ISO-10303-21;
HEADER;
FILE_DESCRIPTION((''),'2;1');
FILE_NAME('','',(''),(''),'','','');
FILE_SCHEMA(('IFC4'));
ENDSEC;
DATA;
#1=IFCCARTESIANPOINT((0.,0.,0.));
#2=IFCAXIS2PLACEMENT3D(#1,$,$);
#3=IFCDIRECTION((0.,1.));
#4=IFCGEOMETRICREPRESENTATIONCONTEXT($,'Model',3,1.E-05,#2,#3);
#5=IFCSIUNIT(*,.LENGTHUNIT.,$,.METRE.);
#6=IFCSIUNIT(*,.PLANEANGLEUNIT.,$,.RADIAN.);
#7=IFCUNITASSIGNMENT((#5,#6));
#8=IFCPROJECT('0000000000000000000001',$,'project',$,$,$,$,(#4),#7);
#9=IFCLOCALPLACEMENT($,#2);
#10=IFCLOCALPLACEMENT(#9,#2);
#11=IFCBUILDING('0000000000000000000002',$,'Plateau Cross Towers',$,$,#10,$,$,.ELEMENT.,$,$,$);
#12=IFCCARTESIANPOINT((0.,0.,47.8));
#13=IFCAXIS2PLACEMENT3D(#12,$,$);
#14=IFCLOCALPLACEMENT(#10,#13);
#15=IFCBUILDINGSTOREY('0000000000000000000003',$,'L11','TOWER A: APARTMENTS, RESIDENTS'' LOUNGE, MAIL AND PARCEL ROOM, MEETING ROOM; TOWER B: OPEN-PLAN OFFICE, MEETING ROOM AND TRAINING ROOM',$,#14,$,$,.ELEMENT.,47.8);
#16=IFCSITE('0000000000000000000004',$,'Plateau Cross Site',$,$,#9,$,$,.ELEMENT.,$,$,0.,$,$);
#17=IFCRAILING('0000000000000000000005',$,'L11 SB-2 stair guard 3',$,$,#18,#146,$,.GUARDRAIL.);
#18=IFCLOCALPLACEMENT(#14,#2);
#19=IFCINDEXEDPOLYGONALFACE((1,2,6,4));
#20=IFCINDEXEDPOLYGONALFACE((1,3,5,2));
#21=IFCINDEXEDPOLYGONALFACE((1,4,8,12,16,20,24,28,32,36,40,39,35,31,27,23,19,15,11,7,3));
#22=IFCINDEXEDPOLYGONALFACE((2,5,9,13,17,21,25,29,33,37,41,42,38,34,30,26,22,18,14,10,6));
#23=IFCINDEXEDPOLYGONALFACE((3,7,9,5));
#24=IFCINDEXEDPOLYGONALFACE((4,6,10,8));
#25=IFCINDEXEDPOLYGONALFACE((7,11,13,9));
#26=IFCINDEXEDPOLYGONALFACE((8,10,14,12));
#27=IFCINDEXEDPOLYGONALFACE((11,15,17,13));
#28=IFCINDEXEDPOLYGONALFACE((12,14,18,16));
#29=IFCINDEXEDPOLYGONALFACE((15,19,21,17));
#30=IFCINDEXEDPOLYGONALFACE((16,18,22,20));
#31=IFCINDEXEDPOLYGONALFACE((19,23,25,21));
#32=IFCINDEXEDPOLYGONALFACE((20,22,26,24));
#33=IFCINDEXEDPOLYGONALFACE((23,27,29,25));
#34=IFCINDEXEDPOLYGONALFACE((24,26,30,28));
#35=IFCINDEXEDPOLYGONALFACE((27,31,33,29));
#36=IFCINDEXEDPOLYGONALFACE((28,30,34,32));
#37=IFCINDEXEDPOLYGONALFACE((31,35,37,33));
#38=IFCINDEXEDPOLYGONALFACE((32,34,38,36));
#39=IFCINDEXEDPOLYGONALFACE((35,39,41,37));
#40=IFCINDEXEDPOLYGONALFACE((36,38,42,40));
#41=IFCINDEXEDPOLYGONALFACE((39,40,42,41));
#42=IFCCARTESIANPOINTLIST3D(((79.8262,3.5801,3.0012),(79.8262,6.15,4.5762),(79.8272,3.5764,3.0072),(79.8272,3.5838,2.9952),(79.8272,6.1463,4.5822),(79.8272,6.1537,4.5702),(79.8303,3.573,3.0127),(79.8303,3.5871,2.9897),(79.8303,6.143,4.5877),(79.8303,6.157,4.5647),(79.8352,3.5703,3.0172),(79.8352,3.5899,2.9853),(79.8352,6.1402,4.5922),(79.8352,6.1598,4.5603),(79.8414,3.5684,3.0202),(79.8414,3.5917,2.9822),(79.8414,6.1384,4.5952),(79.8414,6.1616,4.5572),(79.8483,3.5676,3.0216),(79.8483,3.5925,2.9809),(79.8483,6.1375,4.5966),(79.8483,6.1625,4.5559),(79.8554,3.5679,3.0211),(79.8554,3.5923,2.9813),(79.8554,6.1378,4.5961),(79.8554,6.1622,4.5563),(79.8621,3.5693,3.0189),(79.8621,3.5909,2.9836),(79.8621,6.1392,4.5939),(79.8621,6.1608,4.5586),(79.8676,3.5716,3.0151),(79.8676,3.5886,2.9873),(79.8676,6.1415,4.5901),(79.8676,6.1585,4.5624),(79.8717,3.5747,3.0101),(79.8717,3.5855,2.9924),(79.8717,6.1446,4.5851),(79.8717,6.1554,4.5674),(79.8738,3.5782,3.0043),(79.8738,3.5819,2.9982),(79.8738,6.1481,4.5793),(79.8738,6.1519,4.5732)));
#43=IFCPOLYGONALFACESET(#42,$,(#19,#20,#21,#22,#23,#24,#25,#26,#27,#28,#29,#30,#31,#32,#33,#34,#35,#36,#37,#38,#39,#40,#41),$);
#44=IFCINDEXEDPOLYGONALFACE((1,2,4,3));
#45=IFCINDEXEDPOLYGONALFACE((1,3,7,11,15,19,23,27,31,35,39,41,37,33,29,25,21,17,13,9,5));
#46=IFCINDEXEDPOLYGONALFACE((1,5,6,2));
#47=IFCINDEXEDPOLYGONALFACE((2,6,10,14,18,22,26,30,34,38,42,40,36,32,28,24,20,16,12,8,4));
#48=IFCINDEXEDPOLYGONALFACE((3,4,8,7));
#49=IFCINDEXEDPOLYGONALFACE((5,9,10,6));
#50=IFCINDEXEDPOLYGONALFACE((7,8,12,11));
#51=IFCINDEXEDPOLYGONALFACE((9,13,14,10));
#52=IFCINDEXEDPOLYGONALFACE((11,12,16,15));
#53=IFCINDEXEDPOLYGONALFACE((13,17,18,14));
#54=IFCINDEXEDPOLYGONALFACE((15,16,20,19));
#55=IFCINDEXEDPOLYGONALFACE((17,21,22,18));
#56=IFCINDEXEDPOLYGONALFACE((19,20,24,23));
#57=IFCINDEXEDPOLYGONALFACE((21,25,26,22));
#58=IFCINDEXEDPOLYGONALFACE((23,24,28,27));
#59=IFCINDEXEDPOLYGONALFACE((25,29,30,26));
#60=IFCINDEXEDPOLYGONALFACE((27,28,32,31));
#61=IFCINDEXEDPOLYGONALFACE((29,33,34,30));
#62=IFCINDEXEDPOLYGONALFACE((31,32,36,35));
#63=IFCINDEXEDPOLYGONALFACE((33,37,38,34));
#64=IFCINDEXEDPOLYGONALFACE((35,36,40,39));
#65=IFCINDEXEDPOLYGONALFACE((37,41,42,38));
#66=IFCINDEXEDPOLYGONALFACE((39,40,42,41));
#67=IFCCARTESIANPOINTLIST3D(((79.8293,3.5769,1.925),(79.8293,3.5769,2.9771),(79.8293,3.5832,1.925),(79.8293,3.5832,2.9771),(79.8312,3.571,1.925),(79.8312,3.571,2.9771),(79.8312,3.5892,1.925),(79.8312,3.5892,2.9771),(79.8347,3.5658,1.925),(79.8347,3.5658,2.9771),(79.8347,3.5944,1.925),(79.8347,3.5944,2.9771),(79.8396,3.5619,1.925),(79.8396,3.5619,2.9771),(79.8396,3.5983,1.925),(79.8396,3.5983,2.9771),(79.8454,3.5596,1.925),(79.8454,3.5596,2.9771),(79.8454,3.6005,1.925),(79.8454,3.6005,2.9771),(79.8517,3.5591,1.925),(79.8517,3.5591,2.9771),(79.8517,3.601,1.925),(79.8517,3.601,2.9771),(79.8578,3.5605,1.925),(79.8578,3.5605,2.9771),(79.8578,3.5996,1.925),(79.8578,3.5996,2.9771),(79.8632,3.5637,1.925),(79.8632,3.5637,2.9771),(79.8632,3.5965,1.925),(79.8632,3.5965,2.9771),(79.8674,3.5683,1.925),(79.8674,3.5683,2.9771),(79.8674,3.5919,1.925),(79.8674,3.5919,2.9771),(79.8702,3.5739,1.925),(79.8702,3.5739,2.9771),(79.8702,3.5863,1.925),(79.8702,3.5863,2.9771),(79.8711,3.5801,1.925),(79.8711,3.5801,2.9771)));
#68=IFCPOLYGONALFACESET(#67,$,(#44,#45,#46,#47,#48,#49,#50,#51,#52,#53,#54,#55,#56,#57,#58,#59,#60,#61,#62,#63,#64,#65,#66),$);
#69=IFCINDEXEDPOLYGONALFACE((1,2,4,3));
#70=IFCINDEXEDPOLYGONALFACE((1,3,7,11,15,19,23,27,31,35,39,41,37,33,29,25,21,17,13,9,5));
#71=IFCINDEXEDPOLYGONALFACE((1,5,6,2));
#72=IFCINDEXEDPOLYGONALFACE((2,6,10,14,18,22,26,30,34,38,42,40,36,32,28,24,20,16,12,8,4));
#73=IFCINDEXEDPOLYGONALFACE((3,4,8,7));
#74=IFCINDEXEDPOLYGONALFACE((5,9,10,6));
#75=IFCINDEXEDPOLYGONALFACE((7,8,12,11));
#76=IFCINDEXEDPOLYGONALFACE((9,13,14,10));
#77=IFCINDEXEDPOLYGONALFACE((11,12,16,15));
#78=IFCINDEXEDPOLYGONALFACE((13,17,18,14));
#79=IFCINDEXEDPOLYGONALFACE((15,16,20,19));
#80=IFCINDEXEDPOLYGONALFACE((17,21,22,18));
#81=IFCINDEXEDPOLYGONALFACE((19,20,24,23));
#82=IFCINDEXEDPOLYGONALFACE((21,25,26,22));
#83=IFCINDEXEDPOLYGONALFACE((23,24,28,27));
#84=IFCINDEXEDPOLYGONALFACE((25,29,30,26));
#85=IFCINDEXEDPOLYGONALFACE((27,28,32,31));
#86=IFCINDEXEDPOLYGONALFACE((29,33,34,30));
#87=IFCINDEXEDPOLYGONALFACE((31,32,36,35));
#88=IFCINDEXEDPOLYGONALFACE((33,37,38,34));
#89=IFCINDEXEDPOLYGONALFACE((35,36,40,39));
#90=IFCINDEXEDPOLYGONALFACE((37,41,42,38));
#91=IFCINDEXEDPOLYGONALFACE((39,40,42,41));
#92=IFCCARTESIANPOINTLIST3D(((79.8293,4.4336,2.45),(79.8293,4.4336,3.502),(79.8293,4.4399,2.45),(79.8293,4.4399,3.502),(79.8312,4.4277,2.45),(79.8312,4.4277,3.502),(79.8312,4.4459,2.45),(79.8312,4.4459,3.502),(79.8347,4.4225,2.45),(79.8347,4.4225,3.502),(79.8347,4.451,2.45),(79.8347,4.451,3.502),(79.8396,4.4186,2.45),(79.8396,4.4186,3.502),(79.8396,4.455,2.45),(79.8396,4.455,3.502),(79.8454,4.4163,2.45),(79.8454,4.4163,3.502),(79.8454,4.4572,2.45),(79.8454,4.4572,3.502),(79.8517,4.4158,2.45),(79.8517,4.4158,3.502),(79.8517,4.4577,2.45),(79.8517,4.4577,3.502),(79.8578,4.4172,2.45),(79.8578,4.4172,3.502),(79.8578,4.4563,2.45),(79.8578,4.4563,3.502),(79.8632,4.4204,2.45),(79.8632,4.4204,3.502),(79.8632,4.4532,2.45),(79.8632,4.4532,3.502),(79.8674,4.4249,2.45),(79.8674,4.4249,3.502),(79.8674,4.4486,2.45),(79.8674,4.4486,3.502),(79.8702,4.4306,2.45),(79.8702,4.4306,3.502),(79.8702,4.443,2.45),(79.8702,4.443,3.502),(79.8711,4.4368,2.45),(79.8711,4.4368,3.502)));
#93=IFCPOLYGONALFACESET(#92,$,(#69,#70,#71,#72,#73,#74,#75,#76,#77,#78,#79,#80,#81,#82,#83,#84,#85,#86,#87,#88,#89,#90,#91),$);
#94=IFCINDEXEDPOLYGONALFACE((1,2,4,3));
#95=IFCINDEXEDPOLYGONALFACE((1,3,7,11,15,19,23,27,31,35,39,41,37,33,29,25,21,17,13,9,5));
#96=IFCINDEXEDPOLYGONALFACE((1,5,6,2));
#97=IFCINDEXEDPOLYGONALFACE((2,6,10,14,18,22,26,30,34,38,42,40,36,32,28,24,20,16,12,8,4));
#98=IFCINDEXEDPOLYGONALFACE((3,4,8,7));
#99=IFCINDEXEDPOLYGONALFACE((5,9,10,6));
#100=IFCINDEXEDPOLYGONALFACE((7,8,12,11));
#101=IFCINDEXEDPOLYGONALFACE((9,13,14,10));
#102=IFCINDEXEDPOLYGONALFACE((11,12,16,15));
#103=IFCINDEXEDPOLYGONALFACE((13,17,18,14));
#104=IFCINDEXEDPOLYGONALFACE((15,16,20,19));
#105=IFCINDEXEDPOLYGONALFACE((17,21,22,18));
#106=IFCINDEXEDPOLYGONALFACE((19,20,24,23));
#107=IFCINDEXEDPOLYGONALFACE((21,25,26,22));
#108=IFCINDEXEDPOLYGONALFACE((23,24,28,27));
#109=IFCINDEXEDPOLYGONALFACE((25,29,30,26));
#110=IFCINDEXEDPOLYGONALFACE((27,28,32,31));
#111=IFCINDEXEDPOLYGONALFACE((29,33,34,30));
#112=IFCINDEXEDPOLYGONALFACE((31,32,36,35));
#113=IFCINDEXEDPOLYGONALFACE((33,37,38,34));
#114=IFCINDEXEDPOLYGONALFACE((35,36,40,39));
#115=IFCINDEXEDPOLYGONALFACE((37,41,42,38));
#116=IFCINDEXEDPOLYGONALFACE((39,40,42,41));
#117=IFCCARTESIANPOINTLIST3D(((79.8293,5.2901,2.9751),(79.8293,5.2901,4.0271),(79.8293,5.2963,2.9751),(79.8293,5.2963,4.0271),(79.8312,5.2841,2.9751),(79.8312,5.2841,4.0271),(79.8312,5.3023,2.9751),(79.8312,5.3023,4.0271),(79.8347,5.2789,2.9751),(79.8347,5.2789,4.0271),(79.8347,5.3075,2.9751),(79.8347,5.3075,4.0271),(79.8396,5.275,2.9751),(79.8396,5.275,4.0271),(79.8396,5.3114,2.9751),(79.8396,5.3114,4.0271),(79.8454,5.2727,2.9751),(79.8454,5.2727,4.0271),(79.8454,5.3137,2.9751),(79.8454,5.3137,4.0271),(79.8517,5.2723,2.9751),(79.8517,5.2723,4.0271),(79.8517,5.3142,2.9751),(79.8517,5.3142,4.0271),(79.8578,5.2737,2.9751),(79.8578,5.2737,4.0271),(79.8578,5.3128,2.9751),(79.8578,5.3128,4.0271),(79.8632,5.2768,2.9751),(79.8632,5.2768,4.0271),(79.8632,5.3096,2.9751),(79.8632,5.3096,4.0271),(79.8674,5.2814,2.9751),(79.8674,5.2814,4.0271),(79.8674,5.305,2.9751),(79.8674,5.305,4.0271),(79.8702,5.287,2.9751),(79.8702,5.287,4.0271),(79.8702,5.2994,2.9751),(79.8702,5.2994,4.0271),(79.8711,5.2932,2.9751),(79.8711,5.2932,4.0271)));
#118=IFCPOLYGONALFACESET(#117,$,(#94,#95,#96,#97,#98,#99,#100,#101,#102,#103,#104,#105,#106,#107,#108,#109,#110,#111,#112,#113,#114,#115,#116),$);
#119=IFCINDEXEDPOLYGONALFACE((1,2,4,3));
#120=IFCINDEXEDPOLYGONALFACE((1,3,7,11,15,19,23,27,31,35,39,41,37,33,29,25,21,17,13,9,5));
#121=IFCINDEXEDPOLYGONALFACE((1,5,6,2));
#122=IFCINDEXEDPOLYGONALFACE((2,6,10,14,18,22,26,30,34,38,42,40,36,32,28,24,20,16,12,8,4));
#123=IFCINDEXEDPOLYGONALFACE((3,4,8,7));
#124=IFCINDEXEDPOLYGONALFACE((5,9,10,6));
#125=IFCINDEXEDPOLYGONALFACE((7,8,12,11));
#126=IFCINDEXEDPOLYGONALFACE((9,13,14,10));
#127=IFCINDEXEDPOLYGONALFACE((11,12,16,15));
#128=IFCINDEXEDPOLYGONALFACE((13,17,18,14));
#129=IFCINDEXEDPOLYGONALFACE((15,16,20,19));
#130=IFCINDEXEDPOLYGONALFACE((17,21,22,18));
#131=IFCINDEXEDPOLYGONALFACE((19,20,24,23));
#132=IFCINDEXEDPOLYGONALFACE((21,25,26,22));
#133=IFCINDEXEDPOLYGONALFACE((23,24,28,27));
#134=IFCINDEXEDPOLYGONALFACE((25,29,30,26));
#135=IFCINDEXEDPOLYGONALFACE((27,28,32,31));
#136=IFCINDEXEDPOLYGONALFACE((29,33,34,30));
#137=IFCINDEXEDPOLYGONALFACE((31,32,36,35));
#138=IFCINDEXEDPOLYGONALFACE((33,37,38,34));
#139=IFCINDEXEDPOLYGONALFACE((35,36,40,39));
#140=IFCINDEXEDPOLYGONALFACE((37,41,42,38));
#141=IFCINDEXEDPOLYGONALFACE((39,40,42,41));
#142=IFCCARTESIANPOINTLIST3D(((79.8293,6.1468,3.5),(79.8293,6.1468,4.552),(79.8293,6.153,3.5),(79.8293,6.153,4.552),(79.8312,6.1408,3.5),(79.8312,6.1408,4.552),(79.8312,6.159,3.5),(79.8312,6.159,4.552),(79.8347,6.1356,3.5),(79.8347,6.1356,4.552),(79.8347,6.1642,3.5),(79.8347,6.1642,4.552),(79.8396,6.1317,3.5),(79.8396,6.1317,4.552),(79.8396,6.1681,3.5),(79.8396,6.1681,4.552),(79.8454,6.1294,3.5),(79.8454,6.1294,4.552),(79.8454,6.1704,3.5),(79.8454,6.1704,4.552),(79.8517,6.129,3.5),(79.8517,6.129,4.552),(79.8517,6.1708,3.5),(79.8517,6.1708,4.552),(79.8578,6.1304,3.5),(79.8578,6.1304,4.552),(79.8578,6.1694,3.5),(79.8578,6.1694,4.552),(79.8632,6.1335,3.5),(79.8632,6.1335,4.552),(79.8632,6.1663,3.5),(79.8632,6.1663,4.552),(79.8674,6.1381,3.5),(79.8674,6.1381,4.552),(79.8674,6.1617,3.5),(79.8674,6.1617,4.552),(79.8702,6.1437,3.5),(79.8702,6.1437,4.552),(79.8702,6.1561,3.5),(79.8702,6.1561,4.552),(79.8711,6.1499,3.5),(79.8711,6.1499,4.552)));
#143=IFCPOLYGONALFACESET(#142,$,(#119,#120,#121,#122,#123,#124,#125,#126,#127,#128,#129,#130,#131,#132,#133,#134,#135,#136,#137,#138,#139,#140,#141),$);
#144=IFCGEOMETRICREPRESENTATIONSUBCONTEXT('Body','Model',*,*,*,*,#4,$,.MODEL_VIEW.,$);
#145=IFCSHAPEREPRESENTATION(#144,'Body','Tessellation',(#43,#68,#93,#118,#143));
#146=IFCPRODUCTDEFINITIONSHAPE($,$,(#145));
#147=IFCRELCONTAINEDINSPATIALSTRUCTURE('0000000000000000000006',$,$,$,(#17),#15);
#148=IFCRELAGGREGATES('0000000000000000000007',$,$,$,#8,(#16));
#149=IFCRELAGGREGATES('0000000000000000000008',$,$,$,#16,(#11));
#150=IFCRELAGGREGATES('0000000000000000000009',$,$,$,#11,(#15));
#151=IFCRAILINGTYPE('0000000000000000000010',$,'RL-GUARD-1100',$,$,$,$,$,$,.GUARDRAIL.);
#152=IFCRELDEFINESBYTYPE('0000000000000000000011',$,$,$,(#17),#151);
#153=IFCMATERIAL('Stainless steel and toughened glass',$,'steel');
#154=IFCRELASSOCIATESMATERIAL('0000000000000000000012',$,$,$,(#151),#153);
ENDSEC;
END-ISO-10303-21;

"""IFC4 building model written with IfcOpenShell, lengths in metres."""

from ifc_helpers import new_model, si_unit, direction, frame, origin, origin_2d, place, context, subcontext, project, spatial, circle, extrude, material, type_object, element, save


model = new_model("IFC4")

# Units and contexts
model_context = context("Model", 3, precision=1e-05, world=origin(), true_north=direction((0.0, 1.0)))
body_context = subcontext(model_context, "Body", "Model", "MODEL_VIEW")
ifc_project = project(units=[si_unit("LENGTHUNIT", "METRE"), si_unit("PLANEANGLEUNIT", "RADIAN")], contexts=[model_context])

# Site, building, storey
site_placement = place(None, origin())
site = spatial("IfcSite", under=ifc_project, at=site_placement, Name="Plateau Cross Site", CompositionType="ELEMENT", RefElevation=0.0)
building_placement = place(site_placement, origin())
building = spatial("IfcBuilding", under=site, at=building_placement, Name="Plateau Cross Towers", CompositionType="ELEMENT")
storey_placement = place(building_placement, frame((0.0, 0.0, 47.8)))
storey = spatial("IfcBuildingStorey", under=building, at=storey_placement, Name="L11", Description="TOWER A: APARTMENTS, RESIDENTS' LOUNGE, MAIL AND PARCEL ROOM, MEETING ROOM; TOWER B: OPEN-PLAN OFFICE, MEETING ROOM AND TRAINING ROOM", CompositionType="ELEMENT", Elevation=47.8)

# Railing
ifc_material_1 = material(Name="Stainless steel and toughened glass", Category="steel")
railing_type_1 = type_object("IfcRailingType", Name="RL-GUARD-1100", PredefinedType="GUARDRAIL", material=ifc_material_1)
railing_1_placement = place(storey_placement, frame((79.8501, 3.5801, 1.925)))
element("IfcRailing", 1, at=railing_1_placement, inside=storey, type_object=railing_type_1, Name="L11 SB-2 stair guard 3", PredefinedType="GUARDRAIL", context=body_context, shape_type="SweptSolid", body=[
    extrude(circle(Radius=0.0239, at=origin_2d()), frame((0.0, 0.0, 1.0762), z_axis=(0.0, 0.852616, 0.522537), x_axis=(-1.0, 0.0, 0.0)), (0.0, 0.0, 1.0), 3.0142),
    extrude(circle(Radius=0.021, at=origin_2d()), origin(), (0.0, 0.0, 1.0), 1.052),
    extrude(circle(Radius=0.021, at=origin_2d()), frame((0.0, 0.8567, 0.5249)), (0.0, 0.0, 1.0), 1.052),
    extrude(circle(Radius=0.021, at=origin_2d()), frame((0.0, 1.7131, 1.05)), (0.0, 0.0, 1.0), 1.052),
    extrude(circle(Radius=0.021, at=origin_2d()), frame((0.0, 2.5698, 1.575)), (0.0, 0.0, 1.0), 1.052),
])

save(model, "model.ifc")
